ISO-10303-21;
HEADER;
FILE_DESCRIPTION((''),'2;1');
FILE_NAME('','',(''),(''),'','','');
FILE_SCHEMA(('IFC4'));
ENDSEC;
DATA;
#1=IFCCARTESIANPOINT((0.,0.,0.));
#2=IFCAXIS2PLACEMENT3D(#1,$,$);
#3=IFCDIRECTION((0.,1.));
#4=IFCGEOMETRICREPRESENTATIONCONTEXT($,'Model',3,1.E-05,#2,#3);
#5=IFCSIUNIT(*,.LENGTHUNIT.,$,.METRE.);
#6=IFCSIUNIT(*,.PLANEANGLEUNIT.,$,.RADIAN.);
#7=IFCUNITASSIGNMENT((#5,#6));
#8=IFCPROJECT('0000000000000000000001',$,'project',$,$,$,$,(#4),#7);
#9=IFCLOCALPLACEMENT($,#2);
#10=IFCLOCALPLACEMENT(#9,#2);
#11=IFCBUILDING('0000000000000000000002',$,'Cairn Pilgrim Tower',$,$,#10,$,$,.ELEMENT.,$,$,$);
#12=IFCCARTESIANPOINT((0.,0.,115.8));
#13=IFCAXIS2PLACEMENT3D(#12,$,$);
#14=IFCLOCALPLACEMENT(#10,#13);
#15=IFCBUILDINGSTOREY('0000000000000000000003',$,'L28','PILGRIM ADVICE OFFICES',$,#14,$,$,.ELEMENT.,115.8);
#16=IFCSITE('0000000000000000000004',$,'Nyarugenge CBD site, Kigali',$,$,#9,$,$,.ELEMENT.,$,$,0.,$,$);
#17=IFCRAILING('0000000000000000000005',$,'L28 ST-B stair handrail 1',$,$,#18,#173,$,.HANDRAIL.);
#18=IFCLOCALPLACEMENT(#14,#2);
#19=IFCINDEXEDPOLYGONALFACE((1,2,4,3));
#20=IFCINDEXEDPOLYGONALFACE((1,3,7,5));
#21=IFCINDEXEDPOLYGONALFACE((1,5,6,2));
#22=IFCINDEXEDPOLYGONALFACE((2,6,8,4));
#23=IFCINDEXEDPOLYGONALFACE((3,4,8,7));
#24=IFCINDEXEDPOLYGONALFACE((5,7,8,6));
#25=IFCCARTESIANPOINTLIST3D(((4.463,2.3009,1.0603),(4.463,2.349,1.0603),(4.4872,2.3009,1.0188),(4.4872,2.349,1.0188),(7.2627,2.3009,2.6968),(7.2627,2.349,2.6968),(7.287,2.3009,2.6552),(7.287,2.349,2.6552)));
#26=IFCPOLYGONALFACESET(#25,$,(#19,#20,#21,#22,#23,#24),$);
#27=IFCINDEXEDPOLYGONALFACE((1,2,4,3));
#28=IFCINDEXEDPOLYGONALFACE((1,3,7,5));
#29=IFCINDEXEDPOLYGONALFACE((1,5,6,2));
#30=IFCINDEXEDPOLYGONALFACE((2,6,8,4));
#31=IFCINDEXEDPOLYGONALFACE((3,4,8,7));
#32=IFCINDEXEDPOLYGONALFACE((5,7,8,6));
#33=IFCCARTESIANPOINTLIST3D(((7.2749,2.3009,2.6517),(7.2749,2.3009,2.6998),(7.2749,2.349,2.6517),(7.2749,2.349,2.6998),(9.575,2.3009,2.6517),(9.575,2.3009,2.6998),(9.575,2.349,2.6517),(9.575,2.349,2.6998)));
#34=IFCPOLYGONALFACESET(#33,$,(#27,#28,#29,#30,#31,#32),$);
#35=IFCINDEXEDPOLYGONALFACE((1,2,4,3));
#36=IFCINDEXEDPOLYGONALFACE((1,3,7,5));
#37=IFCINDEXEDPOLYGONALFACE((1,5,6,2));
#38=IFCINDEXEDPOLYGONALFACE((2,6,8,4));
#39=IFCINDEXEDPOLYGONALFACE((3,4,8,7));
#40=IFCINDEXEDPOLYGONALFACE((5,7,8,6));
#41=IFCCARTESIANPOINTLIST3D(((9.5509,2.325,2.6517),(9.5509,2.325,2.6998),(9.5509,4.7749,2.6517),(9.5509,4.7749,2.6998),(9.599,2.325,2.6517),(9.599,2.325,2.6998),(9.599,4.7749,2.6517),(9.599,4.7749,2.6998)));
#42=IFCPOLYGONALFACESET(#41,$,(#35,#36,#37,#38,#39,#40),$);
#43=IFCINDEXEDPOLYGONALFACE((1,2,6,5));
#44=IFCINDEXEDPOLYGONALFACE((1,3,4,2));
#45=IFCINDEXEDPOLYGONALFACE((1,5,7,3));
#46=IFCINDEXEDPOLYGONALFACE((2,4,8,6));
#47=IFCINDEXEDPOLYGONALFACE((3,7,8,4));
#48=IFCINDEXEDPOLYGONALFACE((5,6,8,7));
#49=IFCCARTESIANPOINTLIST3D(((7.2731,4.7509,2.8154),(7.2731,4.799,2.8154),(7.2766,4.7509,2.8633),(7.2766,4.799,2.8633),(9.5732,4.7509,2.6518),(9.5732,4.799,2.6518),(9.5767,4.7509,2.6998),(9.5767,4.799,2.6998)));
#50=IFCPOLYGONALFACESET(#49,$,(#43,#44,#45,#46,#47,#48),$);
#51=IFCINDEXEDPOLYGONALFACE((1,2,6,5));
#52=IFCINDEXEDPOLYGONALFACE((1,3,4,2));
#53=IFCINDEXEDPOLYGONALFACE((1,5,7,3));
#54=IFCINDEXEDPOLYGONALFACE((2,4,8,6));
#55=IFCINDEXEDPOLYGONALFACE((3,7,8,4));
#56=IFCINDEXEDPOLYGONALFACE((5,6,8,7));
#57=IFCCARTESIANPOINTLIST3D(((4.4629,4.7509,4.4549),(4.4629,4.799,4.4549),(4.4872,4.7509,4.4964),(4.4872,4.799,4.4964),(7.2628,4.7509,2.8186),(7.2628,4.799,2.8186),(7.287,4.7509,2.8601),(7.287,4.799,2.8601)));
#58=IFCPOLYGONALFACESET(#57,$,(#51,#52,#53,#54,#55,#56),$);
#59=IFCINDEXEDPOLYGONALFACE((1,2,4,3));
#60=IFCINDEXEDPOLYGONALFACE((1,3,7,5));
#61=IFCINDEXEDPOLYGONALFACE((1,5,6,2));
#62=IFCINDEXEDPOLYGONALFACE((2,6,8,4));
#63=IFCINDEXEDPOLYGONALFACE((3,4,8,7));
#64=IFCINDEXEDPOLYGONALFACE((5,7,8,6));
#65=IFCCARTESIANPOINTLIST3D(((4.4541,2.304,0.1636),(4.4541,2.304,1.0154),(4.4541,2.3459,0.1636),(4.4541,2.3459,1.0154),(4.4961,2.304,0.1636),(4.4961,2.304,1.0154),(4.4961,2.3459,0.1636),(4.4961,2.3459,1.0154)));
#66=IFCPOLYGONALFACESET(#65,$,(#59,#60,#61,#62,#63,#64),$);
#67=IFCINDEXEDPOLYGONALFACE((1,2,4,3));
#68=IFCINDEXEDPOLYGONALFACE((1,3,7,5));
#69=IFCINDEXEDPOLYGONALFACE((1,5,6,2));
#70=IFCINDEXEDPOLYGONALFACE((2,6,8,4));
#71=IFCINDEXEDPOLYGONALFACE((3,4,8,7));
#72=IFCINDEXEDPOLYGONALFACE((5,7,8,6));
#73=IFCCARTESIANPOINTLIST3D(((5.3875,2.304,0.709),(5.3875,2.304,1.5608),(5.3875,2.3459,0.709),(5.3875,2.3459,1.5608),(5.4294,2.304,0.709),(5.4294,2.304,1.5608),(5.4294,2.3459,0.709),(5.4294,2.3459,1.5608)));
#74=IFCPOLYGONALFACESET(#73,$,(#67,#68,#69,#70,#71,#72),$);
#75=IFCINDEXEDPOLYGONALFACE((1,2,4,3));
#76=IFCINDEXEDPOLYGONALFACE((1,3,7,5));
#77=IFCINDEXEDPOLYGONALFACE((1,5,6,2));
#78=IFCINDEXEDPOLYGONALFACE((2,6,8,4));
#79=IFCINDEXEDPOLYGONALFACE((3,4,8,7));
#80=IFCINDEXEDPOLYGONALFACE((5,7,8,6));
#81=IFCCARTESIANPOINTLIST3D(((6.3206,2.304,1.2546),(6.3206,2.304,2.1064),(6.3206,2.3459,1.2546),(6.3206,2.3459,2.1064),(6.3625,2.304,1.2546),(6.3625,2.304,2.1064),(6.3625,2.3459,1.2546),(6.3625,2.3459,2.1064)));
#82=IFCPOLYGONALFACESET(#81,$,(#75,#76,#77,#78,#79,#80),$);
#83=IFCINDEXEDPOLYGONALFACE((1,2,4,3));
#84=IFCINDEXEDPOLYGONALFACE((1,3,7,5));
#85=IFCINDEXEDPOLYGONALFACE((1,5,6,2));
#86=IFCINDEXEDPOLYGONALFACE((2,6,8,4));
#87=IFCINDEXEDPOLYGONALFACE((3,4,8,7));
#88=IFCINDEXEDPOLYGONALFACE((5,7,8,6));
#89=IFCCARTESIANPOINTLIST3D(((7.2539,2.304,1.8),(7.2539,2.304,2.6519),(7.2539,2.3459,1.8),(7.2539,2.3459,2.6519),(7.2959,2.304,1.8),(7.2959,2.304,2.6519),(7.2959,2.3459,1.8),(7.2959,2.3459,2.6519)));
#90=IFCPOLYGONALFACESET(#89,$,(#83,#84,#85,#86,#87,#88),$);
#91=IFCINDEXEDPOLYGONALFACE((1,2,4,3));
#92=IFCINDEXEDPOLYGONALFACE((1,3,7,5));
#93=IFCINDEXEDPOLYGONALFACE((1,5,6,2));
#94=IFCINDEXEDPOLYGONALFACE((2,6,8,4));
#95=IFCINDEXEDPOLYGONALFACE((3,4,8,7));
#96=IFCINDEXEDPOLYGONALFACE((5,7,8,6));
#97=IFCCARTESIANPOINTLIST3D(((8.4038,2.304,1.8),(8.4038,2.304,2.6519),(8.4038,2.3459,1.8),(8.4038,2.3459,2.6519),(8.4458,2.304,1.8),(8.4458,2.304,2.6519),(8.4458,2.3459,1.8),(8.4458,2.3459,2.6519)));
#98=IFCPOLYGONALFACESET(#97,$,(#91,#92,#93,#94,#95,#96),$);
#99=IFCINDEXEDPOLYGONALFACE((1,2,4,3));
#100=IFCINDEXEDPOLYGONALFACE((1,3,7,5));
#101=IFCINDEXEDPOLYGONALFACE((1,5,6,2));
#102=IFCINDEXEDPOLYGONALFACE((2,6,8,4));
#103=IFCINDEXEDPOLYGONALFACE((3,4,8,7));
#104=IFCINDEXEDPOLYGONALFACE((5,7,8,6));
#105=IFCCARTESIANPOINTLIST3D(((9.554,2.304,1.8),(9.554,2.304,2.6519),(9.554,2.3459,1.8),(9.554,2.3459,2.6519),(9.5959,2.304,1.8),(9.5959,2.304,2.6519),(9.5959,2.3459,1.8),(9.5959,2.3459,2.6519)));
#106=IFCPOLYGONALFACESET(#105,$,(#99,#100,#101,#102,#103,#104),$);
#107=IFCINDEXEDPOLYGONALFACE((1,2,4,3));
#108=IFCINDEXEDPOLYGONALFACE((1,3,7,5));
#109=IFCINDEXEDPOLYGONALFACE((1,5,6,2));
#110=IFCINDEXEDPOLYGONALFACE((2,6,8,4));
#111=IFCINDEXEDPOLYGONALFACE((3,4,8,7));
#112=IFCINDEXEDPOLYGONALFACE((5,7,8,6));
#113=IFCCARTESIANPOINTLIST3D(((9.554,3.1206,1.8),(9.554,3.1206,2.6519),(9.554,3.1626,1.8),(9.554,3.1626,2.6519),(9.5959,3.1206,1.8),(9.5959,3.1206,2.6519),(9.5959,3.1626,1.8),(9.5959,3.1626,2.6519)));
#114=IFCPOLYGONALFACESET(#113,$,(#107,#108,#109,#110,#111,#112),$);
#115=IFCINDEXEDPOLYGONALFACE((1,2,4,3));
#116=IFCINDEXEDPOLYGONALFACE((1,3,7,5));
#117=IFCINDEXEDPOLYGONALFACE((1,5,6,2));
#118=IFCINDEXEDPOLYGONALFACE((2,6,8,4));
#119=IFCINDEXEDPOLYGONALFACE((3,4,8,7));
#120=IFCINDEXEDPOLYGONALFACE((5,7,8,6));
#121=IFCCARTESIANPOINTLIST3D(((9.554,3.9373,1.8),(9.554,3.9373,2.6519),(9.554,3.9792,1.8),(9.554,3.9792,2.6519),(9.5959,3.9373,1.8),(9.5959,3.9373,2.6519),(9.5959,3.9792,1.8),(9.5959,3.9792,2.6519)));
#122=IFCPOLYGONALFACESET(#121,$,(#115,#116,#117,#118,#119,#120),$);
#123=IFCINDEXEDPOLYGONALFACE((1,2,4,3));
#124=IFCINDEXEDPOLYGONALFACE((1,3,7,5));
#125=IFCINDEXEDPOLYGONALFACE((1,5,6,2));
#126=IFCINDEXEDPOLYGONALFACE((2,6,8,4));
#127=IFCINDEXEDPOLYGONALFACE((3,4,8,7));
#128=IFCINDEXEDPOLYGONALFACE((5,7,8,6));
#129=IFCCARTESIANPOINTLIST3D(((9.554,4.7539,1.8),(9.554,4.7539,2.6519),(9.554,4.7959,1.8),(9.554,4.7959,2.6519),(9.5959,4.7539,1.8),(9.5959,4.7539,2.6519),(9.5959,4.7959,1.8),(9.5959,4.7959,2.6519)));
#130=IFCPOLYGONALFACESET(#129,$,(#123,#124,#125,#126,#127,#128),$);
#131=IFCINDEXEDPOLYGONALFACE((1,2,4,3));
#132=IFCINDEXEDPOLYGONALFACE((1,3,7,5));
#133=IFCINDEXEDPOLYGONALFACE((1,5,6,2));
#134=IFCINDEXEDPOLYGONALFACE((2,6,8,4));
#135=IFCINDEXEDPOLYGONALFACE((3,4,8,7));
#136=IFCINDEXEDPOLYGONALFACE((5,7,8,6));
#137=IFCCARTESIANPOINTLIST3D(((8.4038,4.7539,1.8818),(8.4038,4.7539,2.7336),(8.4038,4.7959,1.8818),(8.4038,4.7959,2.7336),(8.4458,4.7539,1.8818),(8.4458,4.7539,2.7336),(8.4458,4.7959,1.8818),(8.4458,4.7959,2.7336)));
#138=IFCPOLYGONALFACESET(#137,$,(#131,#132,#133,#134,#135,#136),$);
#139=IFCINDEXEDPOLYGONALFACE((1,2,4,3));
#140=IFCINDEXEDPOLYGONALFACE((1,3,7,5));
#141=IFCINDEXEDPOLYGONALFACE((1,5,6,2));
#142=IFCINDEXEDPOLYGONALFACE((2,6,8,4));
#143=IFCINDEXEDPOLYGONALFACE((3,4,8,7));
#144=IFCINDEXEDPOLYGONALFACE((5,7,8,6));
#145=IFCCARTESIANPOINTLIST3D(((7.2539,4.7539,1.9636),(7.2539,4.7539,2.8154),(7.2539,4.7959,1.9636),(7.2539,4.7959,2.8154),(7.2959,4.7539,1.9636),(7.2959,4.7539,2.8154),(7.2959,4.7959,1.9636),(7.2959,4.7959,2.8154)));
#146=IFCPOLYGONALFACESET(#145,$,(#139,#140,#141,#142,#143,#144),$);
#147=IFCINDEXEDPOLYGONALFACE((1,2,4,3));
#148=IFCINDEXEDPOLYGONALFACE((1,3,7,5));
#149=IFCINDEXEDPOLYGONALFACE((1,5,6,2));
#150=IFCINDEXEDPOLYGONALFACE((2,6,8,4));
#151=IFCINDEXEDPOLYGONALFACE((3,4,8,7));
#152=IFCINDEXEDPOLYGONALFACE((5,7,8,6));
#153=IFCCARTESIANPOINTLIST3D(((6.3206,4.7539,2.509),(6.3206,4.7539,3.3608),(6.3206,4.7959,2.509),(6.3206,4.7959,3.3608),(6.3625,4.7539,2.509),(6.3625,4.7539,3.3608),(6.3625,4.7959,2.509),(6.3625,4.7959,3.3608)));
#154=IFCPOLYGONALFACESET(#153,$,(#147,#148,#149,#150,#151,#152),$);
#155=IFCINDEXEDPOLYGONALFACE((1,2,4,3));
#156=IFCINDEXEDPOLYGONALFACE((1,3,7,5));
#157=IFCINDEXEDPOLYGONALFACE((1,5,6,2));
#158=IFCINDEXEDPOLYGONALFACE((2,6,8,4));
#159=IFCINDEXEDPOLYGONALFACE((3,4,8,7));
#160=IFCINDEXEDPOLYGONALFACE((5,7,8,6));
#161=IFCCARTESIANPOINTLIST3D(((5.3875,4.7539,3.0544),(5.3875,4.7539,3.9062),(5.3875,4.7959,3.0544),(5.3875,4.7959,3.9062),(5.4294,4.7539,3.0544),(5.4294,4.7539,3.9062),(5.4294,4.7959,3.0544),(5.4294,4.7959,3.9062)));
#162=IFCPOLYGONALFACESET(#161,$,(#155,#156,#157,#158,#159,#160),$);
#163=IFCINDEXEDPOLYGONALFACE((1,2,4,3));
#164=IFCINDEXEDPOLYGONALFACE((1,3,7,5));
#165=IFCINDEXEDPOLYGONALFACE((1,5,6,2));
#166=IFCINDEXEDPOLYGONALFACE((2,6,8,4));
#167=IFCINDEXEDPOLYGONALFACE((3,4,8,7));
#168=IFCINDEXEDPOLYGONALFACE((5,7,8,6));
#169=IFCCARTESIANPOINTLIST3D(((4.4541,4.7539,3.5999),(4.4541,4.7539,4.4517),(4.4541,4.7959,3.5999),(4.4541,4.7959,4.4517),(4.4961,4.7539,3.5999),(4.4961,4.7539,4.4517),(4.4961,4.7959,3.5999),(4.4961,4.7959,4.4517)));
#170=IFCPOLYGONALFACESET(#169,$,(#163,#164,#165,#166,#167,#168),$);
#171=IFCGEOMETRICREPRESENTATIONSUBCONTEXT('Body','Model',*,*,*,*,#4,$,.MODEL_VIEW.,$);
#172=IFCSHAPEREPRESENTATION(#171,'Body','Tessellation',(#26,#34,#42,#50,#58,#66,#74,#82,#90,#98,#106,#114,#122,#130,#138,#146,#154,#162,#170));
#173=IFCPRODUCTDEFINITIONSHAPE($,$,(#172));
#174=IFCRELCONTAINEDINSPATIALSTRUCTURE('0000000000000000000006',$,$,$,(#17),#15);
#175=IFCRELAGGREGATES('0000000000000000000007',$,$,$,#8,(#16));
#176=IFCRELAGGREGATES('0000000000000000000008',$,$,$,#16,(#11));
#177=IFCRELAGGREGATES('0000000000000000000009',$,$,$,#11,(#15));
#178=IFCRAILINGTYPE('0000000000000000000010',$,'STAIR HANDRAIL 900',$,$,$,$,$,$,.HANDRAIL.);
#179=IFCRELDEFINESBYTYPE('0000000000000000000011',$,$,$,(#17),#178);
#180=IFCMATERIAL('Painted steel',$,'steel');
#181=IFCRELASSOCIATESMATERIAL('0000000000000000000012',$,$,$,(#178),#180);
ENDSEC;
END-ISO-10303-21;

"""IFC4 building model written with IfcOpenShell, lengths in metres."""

from ifc_helpers import new_model, si_unit, direction, frame, origin, origin_2d, place, context, subcontext, project, spatial, rectangle, extrude, material, type_object, element, save


model = new_model("IFC4")

# Units and contexts
model_context = context("Model", 3, precision=1e-05, world=origin(), true_north=direction((0.0, 1.0)))
body_context = subcontext(model_context, "Body", "Model", "MODEL_VIEW")
ifc_project = project(units=[si_unit("LENGTHUNIT", "METRE"), si_unit("PLANEANGLEUNIT", "RADIAN")], contexts=[model_context])

# Site, building, storey
site_placement = place(None, origin())
site = spatial("IfcSite", under=ifc_project, at=site_placement, Name="Nyarugenge CBD site, Kigali", CompositionType="ELEMENT", RefElevation=0.0)
building_placement = place(site_placement, origin())
building = spatial("IfcBuilding", under=site, at=building_placement, Name="Cairn Pilgrim Tower", CompositionType="ELEMENT")
storey_placement = place(building_placement, frame((0.0, 0.0, 115.8)))
storey = spatial("IfcBuildingStorey", under=building, at=storey_placement, Name="L28", Description="PILGRIM ADVICE OFFICES", CompositionType="ELEMENT", Elevation=115.8)

# Shared definitions
ifc_material_1 = material(Name="Painted steel", Category="steel")

# Railing
railing_type_1 = type_object("IfcRailingType", Name="STAIR HANDRAIL 900", PredefinedType="HANDRAIL", material=ifc_material_1)
railing_1_placement = place(storey_placement, frame((4.4751, 2.325, 0.1636)))
element("IfcRailing", 1, at=railing_1_placement, inside=storey, type_object=railing_type_1, Name="L28 ST-B stair handrail 1", PredefinedType="HANDRAIL", context=body_context, shape_type="SweptSolid", body=[
    extrude(rectangle(XDim=0.0481, YDim=0.0481, at=origin_2d()), frame((0.0, 0.0, 0.876), z_axis=(0.863342, 0.0, 0.50462), x_axis=(0.0, 1.0, 0.0)), (0.0, 0.0, 1.0), 3.2429),
    extrude(rectangle(XDim=0.0481, YDim=0.0481, at=origin_2d()), frame((2.7998, 0.0, 2.5122), z_axis=(1.0, 0.0, 0.0), x_axis=(0.0, 1.0, 0.0)), (0.0, 0.0, 1.0), 2.3),
    extrude(rectangle(XDim=0.0481, YDim=0.0481, at=origin_2d()), frame((5.0999, 0.0, 2.5122), z_axis=(0.0, 1.0, 0.0), x_axis=(-1.0, 0.0, 0.0)), (0.0, 0.0, 1.0), 2.45),
    extrude(rectangle(XDim=0.0481, YDim=0.0481, at=origin_2d()), frame((5.0999, 2.45, 2.5122), z_axis=(-0.997481, 0.0, 0.070939), x_axis=(0.0, -1.0, 0.0)), (0.0, 0.0, 1.0), 2.3059),
    extrude(rectangle(XDim=0.0481, YDim=0.0481, at=origin_2d()), frame((2.7998, 2.45, 2.6758), z_axis=(-0.863374, 0.0, 0.504564), x_axis=(0.0, -1.0, 0.0)), (0.0, 0.0, 1.0), 3.2429),
    extrude(rectangle(XDim=0.042, YDim=0.042, at=origin_2d()), origin(), (0.0, 0.0, 1.0), 0.8518),
    extrude(rectangle(XDim=0.042, YDim=0.042, at=origin_2d()), frame((0.9333, 0.0, 0.5454)), (0.0, 0.0, 1.0), 0.8518),
    extrude(rectangle(XDim=0.042, YDim=0.042, at=origin_2d()), frame((1.8665, 0.0, 1.0911)), (0.0, 0.0, 1.0), 0.8518),
    extrude(rectangle(XDim=0.042, YDim=0.042, at=origin_2d()), frame((2.7998, 0.0, 1.6365)), (0.0, 0.0, 1.0), 0.8518),
    extrude(rectangle(XDim=0.042, YDim=0.042, at=origin_2d()), frame((3.9497, 0.0, 1.6365)), (0.0, 0.0, 1.0), 0.8518),
    extrude(rectangle(XDim=0.042, YDim=0.042, at=origin_2d()), frame((5.0999, 0.0, 1.6365)), (0.0, 0.0, 1.0), 0.8518),
    extrude(rectangle(XDim=0.042, YDim=0.042, at=origin_2d()), frame((5.0999, 0.8167, 1.6365)), (0.0, 0.0, 1.0), 0.8518),
    extrude(rectangle(XDim=0.042, YDim=0.042, at=origin_2d()), frame((5.0999, 1.6333, 1.6365)), (0.0, 0.0, 1.0), 0.8518),
    extrude(rectangle(XDim=0.042, YDim=0.042, at=origin_2d()), frame((5.0999, 2.45, 1.6365)), (0.0, 0.0, 1.0), 0.8518),
    extrude(rectangle(XDim=0.042, YDim=0.042, at=origin_2d()), frame((3.9497, 2.45, 1.7183)), (0.0, 0.0, 1.0), 0.8518),
    extrude(rectangle(XDim=0.042, YDim=0.042, at=origin_2d()), frame((2.7998, 2.45, 1.8)), (0.0, 0.0, 1.0), 0.8518),
    extrude(rectangle(XDim=0.042, YDim=0.042, at=origin_2d()), frame((1.8665, 2.45, 2.3455)), (0.0, 0.0, 1.0), 0.8518),
    extrude(rectangle(XDim=0.042, YDim=0.042, at=origin_2d()), frame((0.9333, 2.45, 2.8909)), (0.0, 0.0, 1.0), 0.8518),
    extrude(rectangle(XDim=0.042, YDim=0.042, at=origin_2d()), frame((0.0, 2.45, 3.4363)), (0.0, 0.0, 1.0), 0.8518),
])

save(model, "model.ifc")
